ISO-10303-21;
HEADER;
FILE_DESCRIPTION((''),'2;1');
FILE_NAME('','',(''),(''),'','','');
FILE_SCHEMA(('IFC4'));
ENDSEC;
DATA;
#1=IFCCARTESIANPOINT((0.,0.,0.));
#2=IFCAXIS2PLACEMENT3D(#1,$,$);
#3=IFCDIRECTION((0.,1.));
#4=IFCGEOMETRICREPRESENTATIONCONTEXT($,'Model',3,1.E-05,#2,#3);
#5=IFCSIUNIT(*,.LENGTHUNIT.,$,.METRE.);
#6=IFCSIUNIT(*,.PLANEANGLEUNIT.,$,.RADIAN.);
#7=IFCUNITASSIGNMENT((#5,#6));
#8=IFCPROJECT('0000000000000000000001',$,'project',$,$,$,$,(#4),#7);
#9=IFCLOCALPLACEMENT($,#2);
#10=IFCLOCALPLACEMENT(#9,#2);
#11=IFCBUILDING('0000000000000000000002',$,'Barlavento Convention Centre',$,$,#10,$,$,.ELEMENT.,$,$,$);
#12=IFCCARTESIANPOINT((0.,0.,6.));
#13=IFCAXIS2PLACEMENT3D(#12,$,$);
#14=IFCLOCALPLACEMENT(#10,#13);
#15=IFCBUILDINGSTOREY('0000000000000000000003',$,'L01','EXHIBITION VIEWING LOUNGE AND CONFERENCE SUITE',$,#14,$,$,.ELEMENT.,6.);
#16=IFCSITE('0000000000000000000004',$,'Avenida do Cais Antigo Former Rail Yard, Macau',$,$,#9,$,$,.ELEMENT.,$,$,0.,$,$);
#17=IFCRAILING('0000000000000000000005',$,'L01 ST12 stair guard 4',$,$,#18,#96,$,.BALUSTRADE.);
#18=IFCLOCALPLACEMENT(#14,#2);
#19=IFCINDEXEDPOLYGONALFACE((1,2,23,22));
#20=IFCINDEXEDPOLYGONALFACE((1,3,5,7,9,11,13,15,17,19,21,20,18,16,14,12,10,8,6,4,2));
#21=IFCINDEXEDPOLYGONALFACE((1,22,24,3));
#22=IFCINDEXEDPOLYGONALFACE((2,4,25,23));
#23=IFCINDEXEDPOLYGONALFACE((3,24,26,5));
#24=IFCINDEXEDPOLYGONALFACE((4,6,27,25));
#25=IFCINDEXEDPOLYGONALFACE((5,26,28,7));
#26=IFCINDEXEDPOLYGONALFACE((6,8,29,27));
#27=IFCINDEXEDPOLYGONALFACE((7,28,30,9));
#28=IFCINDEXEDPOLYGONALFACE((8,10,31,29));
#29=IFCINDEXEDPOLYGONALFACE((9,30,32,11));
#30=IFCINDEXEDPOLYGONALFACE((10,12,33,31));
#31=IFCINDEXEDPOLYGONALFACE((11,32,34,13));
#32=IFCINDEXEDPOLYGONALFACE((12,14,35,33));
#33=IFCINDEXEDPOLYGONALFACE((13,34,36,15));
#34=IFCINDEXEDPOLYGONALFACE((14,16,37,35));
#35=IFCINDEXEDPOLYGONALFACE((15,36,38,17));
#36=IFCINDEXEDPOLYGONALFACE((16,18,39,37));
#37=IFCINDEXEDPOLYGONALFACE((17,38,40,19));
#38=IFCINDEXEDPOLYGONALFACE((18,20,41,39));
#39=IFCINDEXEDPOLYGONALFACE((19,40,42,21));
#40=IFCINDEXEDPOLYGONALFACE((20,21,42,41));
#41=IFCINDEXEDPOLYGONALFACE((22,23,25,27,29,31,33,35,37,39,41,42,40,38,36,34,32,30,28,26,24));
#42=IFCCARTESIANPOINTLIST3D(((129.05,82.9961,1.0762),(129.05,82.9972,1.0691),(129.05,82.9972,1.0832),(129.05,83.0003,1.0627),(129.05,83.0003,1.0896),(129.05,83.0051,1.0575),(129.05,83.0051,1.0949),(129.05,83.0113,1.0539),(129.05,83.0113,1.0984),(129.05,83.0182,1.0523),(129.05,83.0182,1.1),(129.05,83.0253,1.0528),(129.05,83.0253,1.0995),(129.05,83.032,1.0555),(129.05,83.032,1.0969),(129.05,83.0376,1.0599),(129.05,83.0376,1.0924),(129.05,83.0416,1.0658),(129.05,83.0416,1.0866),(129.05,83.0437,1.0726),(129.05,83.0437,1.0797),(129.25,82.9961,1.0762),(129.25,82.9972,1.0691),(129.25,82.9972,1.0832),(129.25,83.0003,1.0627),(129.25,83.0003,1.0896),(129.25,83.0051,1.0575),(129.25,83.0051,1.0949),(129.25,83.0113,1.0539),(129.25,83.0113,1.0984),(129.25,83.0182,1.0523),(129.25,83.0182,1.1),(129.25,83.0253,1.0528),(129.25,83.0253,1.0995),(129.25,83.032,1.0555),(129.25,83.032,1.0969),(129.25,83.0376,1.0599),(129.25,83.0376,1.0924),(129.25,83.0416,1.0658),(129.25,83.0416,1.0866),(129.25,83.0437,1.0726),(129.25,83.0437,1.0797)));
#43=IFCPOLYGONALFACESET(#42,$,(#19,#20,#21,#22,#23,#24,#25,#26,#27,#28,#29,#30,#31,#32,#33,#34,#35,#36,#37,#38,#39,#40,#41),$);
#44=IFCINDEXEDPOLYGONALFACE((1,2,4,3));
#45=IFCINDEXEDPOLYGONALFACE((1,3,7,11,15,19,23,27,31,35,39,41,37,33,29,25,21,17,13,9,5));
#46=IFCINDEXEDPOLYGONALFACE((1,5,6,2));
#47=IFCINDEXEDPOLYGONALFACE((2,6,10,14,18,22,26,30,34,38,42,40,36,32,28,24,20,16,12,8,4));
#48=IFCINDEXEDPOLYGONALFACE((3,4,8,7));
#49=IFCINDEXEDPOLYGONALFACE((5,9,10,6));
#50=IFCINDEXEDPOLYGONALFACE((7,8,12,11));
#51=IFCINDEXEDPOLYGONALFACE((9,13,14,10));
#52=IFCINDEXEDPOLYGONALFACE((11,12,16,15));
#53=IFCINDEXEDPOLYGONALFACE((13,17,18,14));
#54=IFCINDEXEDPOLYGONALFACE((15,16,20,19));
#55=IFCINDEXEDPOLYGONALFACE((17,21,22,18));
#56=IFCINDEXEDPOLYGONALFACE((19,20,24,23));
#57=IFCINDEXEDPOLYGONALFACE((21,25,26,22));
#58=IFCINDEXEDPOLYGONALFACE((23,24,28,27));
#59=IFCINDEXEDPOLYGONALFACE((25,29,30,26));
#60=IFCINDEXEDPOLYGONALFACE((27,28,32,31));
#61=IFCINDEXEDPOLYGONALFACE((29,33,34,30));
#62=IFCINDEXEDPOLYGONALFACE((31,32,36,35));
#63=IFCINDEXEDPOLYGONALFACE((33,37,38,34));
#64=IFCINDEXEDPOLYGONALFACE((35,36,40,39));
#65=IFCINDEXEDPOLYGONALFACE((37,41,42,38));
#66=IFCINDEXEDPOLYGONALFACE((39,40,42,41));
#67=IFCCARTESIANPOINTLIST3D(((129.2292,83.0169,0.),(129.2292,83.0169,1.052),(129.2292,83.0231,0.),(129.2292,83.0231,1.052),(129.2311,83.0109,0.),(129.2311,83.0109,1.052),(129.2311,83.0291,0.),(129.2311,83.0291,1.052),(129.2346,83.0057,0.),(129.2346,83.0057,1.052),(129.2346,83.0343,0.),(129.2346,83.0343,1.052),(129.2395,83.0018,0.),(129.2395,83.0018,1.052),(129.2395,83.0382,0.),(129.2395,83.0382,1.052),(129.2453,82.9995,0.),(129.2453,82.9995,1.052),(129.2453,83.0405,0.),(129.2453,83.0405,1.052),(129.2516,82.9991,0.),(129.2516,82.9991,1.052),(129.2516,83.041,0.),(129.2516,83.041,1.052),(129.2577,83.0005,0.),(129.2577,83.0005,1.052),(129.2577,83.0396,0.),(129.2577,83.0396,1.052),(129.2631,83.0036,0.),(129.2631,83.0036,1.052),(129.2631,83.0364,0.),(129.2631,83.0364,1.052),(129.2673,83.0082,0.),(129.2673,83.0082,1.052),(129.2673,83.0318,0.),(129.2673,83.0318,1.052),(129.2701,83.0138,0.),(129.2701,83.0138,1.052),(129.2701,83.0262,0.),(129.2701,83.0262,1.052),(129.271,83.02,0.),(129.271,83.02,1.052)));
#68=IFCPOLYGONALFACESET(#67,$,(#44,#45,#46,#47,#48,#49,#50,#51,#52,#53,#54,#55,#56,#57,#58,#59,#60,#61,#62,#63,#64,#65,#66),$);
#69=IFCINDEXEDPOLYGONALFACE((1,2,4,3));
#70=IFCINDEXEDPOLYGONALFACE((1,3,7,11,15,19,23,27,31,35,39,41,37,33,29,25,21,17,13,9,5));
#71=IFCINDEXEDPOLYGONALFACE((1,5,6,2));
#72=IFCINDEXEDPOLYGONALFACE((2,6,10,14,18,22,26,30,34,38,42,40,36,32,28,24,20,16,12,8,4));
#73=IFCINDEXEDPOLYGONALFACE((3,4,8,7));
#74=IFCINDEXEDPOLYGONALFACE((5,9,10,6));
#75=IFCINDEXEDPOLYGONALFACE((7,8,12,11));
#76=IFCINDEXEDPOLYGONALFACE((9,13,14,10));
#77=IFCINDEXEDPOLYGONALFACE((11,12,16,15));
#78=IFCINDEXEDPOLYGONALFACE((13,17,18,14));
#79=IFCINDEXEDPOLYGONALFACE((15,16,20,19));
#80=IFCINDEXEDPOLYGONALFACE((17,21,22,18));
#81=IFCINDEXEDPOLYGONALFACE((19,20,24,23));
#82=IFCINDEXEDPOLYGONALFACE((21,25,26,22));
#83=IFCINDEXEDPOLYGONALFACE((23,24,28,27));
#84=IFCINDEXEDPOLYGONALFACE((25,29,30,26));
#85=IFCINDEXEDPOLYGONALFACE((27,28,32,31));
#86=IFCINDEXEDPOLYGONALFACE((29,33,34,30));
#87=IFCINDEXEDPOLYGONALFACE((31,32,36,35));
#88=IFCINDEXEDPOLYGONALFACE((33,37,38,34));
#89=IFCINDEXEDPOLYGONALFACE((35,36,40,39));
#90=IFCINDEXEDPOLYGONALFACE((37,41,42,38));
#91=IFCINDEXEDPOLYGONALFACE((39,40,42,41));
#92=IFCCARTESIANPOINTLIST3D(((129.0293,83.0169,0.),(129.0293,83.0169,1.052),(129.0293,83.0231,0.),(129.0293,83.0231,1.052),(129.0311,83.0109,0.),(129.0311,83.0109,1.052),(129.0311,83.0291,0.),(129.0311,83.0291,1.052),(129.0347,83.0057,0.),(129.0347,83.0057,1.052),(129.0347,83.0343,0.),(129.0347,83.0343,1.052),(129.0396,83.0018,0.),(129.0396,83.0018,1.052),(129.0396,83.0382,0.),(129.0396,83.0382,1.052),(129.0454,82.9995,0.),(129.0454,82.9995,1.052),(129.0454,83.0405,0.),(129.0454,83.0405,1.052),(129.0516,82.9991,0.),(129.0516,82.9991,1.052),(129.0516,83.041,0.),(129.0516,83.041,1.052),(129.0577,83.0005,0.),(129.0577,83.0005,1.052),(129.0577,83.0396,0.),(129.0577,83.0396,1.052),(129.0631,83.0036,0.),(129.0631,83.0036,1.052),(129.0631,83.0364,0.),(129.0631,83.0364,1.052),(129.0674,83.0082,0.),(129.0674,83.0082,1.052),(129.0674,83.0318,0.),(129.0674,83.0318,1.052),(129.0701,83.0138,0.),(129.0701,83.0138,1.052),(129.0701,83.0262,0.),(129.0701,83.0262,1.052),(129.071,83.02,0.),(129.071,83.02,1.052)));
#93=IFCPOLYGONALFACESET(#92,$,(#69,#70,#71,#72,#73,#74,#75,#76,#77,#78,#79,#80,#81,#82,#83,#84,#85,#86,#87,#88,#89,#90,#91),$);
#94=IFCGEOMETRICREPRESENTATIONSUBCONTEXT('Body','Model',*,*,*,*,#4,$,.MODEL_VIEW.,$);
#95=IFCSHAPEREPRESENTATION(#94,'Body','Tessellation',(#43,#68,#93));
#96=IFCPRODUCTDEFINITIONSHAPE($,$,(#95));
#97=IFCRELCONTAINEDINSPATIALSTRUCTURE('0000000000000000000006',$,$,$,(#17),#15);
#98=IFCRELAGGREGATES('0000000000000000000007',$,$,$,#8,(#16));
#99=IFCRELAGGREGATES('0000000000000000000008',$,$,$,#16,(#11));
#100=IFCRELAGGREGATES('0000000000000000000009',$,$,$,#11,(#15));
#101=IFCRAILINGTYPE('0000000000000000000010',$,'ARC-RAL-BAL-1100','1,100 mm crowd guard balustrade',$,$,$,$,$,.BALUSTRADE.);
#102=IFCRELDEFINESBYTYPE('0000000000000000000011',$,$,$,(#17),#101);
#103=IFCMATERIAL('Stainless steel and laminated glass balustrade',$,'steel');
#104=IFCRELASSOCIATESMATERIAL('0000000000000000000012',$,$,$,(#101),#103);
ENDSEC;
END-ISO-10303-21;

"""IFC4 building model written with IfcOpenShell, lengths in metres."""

from ifc_helpers import new_model, si_unit, direction, frame, origin, origin_2d, place, context, subcontext, project, spatial, circle, extrude, material, type_object, element, save


model = new_model("IFC4")

# Units and contexts
model_context = context("Model", 3, precision=1e-05, world=origin(), true_north=direction((0.0, 1.0)))
body_context = subcontext(model_context, "Body", "Model", "MODEL_VIEW")
ifc_project = project(units=[si_unit("LENGTHUNIT", "METRE"), si_unit("PLANEANGLEUNIT", "RADIAN")], contexts=[model_context])

# Site, building, storey
site_placement = place(None, origin())
site = spatial("IfcSite", under=ifc_project, at=site_placement, Name="Avenida do Cais Antigo Former Rail Yard, Macau", CompositionType="ELEMENT", RefElevation=0.0)
building_placement = place(site_placement, origin())
building = spatial("IfcBuilding", under=site, at=building_placement, Name="Barlavento Convention Centre", CompositionType="ELEMENT")
storey_placement = place(building_placement, frame((0.0, 0.0, 6.0)))
storey = spatial("IfcBuildingStorey", under=building, at=storey_placement, Name="L01", Description="EXHIBITION VIEWING LOUNGE AND CONFERENCE SUITE", CompositionType="ELEMENT", Elevation=6.0)

# Railing
ifc_material_1 = material(Name="Stainless steel and laminated glass balustrade", Category="steel")
railing_type_1 = type_object("IfcRailingType", Name="ARC-RAL-BAL-1100", Description="1,100 mm crowd guard balustrade", PredefinedType="BALUSTRADE", material=ifc_material_1)
railing_1_placement = place(storey_placement, frame((129.25, 83.02, 0.0)))
element("IfcRailing", 1, at=railing_1_placement, inside=storey, type_object=railing_type_1, Name="L01 ST12 stair guard 4", PredefinedType="BALUSTRADE", context=body_context, shape_type="SweptSolid", body=[
    extrude(circle(Radius=0.0239, at=origin_2d()), frame((0.0, 0.0, 1.0762), z_axis=(-1.0, 0.0, 0.0), x_axis=(0.0, -1.0, 0.0)), (0.0, 0.0, 1.0), 0.2),
    extrude(circle(Radius=0.021, at=origin_2d()), origin(), (0.0, 0.0, 1.0), 1.052),
    extrude(circle(Radius=0.021, at=origin_2d()), frame((-0.2, 0.0, 0.0)), (0.0, 0.0, 1.0), 1.052),
])

save(model, "model.ifc")
